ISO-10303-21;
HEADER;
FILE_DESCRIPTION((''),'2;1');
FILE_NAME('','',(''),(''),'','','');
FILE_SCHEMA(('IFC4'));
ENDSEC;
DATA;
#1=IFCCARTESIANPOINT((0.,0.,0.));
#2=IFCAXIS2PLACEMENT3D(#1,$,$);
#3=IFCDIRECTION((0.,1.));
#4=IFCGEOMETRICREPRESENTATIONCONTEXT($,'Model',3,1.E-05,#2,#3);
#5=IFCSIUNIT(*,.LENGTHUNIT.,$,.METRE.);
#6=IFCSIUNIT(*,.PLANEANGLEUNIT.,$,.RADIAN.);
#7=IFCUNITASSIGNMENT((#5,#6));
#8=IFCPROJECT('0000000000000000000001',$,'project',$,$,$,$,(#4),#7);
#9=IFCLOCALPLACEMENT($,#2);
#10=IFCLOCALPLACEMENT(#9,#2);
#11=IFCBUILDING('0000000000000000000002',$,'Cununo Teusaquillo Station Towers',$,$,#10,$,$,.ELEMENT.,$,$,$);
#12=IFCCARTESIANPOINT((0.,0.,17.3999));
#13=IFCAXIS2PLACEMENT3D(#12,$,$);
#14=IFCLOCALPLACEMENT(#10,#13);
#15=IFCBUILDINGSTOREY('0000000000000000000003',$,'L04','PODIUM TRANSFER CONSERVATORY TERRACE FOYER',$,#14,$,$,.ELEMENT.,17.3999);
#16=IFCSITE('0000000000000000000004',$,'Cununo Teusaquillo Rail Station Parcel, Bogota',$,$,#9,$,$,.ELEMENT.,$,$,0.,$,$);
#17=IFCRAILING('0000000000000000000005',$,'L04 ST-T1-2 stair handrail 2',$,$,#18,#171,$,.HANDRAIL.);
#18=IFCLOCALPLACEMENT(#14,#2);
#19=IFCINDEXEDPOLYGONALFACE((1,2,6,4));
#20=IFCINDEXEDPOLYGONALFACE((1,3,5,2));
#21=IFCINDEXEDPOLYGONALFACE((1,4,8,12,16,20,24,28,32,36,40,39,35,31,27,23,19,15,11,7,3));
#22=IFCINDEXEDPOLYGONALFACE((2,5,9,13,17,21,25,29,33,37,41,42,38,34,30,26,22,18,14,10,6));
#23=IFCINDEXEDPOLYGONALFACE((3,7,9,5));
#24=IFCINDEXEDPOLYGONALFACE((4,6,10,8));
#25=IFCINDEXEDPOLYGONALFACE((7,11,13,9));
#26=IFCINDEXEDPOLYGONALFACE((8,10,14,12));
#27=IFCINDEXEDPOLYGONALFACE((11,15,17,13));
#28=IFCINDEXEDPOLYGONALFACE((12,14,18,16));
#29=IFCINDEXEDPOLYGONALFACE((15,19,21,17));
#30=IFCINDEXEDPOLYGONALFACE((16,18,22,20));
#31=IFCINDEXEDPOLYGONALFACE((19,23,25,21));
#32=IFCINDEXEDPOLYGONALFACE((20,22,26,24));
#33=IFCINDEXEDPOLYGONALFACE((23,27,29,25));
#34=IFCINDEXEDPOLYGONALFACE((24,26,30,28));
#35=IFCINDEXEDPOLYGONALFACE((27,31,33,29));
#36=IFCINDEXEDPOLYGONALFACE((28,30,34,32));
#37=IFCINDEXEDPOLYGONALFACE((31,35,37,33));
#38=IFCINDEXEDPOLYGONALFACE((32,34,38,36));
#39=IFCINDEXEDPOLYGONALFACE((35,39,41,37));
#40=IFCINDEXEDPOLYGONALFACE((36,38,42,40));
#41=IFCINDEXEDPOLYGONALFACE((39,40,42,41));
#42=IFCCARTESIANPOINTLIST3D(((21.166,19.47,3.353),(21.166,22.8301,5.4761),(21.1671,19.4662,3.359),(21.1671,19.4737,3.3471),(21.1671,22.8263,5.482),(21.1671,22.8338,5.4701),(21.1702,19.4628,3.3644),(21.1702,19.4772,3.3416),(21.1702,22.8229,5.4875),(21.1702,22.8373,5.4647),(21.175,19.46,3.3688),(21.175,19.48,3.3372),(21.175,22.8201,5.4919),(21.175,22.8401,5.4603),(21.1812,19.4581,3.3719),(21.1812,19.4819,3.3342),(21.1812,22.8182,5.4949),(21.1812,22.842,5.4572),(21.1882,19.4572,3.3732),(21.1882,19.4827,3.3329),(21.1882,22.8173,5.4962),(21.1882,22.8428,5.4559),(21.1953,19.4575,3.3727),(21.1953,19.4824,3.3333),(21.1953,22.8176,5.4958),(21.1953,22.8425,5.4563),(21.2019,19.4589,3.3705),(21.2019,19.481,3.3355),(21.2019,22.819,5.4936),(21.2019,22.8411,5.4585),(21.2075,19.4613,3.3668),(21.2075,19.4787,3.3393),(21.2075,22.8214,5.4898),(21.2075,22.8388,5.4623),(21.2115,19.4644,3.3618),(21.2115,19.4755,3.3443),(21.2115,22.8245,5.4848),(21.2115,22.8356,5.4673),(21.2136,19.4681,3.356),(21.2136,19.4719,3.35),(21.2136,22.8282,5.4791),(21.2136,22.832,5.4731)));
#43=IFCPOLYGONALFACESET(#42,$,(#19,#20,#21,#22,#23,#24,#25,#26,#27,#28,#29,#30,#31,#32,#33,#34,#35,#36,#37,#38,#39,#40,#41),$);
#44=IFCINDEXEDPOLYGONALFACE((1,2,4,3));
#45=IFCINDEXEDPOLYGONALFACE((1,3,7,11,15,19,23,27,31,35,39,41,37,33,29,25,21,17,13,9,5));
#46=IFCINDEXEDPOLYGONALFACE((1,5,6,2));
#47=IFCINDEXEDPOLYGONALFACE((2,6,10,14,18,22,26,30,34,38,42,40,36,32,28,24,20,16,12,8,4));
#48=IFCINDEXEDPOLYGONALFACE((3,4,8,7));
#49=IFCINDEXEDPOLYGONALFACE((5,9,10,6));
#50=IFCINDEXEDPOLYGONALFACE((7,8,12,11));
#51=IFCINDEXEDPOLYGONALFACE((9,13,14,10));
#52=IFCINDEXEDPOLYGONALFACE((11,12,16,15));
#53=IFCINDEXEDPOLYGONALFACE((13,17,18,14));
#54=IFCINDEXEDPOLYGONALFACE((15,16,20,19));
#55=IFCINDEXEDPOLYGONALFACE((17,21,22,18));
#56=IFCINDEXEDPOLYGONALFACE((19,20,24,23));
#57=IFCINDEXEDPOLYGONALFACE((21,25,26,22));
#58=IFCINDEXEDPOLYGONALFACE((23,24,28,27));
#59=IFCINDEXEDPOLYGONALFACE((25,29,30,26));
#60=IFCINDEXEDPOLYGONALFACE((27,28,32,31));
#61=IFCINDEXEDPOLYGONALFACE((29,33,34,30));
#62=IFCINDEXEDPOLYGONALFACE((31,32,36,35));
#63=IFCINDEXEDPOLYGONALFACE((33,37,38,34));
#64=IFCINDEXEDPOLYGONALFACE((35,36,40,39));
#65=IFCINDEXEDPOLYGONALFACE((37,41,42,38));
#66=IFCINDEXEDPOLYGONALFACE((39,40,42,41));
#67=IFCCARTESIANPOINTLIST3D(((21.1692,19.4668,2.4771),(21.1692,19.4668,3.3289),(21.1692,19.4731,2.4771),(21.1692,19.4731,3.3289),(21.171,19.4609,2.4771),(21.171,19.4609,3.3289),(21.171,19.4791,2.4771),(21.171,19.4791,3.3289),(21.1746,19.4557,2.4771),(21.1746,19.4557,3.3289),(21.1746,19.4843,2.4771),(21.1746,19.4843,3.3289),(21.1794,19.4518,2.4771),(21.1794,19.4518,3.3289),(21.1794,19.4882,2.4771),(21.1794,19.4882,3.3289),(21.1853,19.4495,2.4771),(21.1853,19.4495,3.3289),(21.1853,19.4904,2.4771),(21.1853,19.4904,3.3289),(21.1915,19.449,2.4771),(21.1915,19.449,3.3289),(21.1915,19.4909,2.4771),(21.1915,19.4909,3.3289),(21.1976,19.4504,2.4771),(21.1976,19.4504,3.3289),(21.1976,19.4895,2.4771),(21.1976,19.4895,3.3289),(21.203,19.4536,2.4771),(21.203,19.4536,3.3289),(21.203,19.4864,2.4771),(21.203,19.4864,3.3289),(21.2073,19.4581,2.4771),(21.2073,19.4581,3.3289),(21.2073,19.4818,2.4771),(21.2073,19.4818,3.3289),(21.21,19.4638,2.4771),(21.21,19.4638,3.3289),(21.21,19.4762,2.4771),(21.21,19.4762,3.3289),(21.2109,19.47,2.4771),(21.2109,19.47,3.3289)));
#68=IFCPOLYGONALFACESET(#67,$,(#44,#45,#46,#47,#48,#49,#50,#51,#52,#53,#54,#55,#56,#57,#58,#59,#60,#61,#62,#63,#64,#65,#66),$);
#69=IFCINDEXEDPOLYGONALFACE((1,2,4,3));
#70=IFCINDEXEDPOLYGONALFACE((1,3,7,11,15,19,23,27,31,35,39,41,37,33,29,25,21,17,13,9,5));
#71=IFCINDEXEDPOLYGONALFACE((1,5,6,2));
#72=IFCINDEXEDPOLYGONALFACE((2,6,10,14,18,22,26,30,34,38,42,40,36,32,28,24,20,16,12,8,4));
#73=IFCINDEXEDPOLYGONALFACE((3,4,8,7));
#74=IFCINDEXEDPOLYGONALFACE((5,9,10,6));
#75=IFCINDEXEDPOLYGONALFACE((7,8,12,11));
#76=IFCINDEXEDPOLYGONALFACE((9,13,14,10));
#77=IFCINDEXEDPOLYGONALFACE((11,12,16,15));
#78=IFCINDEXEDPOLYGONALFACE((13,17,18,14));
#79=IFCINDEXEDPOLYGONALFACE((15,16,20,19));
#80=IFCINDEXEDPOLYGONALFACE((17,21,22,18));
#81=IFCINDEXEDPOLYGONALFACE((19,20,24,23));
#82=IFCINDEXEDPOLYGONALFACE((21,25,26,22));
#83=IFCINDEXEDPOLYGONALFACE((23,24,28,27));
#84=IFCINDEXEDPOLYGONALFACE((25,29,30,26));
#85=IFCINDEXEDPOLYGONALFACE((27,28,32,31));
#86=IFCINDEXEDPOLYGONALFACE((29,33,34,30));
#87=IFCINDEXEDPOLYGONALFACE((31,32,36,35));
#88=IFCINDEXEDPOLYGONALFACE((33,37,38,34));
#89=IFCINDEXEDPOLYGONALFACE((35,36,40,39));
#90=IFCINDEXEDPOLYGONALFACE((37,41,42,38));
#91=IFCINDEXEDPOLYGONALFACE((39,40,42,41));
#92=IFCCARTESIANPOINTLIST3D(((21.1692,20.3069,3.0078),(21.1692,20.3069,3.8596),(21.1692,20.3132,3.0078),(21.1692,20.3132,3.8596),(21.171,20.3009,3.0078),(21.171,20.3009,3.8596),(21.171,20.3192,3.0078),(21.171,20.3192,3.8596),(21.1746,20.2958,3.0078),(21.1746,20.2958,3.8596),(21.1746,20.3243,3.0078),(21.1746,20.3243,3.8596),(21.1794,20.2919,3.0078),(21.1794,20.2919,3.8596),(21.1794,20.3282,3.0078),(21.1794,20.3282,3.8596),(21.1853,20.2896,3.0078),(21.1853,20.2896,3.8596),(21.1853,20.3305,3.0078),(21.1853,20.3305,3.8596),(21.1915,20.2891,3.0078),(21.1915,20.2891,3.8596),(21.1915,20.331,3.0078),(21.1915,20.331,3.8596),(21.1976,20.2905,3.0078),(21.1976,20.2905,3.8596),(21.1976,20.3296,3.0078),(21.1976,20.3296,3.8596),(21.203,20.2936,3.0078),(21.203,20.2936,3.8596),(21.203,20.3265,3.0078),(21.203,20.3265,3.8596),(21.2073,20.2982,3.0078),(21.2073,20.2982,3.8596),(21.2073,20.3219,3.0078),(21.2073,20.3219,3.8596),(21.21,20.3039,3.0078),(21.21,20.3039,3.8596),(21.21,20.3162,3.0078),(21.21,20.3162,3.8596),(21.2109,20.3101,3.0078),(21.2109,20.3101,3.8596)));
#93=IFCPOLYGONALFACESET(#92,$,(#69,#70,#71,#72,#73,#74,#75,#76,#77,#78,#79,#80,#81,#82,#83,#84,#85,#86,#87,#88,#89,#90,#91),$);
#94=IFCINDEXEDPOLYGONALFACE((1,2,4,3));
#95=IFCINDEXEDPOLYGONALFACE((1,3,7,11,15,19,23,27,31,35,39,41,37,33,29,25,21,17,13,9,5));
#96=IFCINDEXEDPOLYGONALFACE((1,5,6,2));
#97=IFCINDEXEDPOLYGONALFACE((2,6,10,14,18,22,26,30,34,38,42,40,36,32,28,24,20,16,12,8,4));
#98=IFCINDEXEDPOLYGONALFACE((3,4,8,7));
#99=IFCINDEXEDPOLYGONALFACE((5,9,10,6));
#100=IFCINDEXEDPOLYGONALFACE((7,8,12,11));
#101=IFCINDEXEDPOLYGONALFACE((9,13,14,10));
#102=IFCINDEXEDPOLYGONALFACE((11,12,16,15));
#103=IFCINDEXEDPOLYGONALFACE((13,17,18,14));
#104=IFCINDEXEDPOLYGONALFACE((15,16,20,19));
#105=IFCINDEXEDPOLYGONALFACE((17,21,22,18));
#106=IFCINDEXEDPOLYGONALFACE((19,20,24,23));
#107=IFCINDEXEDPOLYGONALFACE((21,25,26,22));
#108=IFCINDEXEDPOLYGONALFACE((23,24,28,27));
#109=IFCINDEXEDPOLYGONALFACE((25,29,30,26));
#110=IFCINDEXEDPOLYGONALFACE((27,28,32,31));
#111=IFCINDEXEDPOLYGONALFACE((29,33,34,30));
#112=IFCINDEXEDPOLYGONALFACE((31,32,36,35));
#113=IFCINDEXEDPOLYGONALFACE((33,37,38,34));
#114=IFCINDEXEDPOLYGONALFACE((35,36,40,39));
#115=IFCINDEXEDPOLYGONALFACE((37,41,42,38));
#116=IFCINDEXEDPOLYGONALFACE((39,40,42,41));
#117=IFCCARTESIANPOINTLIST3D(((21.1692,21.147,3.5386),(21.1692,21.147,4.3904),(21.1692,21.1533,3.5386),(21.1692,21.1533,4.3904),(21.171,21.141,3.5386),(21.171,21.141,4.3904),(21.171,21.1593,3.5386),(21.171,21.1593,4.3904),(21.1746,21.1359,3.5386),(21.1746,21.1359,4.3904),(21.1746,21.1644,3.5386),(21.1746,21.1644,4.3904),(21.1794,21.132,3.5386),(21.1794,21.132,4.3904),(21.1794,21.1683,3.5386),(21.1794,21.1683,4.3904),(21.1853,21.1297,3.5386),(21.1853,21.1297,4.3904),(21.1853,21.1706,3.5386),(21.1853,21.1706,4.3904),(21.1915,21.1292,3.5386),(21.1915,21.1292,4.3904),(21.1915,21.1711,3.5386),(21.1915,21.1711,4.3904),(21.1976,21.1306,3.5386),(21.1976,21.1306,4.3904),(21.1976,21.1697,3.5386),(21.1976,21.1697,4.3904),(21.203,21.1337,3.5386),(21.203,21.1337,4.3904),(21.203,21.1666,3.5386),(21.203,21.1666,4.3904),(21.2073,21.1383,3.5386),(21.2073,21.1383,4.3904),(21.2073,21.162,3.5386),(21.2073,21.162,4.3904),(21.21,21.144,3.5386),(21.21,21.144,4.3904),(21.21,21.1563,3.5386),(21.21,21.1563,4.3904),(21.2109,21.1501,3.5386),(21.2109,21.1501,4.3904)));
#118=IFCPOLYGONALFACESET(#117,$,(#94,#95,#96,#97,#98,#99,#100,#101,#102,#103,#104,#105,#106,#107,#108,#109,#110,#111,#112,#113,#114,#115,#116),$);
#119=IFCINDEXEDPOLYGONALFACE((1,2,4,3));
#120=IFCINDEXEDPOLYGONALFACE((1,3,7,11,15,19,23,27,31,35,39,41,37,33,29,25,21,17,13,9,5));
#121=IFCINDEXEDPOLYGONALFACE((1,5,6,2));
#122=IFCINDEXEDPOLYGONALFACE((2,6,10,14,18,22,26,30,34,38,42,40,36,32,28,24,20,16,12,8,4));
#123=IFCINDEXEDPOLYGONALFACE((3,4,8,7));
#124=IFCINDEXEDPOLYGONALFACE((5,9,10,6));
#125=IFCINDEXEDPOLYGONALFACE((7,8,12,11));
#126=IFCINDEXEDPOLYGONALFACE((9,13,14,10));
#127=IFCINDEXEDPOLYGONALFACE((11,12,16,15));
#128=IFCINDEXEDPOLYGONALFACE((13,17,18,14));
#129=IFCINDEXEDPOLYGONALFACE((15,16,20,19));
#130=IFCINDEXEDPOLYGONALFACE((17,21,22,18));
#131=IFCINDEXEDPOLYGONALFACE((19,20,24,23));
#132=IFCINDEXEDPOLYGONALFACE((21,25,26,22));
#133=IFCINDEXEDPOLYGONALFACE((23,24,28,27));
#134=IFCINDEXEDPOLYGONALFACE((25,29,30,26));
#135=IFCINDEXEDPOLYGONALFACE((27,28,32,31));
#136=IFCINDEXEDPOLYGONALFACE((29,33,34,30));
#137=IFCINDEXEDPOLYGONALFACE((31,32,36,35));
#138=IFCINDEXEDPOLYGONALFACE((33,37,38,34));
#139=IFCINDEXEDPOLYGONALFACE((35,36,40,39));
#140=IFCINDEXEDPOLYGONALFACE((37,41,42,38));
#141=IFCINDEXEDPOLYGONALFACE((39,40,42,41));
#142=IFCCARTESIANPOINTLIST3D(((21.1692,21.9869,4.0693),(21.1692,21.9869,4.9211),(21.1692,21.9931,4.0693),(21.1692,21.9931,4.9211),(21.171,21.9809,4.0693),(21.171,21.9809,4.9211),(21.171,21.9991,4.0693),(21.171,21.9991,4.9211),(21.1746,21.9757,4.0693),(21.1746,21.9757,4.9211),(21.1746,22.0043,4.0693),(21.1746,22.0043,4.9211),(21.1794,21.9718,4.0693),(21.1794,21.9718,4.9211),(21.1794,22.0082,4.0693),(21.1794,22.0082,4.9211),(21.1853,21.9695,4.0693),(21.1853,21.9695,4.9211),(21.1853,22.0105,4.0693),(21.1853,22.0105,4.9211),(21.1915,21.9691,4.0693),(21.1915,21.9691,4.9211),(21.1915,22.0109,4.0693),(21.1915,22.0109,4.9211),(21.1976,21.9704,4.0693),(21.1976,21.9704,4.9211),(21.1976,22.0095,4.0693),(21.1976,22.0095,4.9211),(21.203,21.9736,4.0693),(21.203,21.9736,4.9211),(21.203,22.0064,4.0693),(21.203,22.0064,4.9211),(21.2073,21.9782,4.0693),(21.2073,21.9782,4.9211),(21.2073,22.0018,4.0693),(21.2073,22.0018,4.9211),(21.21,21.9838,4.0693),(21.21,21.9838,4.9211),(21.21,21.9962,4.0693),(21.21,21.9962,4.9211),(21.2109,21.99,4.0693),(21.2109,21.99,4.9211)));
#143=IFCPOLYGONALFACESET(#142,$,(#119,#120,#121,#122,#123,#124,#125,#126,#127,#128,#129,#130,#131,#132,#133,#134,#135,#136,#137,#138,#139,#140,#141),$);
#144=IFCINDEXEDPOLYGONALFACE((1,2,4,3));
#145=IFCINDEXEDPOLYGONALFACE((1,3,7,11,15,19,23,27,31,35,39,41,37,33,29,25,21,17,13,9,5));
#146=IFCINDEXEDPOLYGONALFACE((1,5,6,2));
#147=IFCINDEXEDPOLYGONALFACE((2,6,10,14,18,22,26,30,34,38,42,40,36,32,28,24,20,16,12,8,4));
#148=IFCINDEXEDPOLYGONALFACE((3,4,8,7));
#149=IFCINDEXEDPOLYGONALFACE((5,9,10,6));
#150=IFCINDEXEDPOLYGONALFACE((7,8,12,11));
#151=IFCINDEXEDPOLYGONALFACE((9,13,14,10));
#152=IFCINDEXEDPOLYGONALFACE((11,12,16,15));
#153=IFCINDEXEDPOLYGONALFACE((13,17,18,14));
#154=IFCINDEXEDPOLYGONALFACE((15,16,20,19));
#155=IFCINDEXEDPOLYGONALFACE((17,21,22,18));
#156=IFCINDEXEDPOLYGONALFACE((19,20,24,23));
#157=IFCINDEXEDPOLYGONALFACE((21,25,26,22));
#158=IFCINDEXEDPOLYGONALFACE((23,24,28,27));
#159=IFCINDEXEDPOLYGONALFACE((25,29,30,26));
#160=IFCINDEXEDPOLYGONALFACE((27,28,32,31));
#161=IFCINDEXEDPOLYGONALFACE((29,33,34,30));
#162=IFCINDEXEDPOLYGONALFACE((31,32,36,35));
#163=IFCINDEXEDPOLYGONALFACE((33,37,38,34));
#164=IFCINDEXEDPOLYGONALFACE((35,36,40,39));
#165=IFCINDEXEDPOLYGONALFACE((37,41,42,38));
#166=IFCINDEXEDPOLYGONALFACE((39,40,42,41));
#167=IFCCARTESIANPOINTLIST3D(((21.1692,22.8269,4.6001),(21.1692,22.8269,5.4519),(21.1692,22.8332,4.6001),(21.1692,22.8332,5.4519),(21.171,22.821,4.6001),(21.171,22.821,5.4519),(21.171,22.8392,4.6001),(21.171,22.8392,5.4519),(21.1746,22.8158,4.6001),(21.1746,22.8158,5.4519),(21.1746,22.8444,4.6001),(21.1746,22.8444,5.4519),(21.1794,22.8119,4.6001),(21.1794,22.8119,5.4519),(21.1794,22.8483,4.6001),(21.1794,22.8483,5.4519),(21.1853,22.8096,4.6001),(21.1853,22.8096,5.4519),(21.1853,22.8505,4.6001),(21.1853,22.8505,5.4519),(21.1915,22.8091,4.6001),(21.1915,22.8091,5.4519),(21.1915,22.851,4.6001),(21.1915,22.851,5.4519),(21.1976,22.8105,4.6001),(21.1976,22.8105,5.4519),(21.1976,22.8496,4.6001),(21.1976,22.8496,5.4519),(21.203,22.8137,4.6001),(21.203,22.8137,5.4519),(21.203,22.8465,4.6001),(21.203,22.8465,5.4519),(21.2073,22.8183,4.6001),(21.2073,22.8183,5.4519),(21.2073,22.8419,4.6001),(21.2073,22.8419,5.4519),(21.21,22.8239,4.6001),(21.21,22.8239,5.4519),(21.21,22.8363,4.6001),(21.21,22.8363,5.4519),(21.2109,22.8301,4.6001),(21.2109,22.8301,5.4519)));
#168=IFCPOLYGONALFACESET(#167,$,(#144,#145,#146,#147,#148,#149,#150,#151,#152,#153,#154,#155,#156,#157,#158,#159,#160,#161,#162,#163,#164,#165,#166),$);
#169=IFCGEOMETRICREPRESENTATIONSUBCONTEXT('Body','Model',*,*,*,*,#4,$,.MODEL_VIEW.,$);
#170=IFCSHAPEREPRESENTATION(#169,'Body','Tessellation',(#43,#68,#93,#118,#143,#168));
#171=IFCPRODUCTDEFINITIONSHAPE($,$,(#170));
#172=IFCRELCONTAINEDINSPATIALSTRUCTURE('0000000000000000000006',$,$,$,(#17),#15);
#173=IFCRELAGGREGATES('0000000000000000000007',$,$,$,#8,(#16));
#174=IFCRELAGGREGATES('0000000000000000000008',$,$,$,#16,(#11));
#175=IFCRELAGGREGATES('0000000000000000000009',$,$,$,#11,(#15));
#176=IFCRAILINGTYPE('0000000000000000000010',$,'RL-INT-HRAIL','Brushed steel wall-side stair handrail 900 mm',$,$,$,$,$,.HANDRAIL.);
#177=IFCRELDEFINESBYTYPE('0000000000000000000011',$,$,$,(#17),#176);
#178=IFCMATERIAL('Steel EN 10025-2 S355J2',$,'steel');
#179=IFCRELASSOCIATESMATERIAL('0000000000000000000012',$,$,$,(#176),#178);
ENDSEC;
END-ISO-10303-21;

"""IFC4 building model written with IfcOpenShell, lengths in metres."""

from ifc_helpers import new_model, si_unit, direction, frame, origin, origin_2d, place, context, subcontext, project, spatial, circle, extrude, material, type_object, element, save


model = new_model("IFC4")

# Units and contexts
model_context = context("Model", 3, precision=1e-05, world=origin(), true_north=direction((0.0, 1.0)))
body_context = subcontext(model_context, "Body", "Model", "MODEL_VIEW")
ifc_project = project(units=[si_unit("LENGTHUNIT", "METRE"), si_unit("PLANEANGLEUNIT", "RADIAN")], contexts=[model_context])

# Site, building, storey
site_placement = place(None, origin())
site = spatial("IfcSite", under=ifc_project, at=site_placement, Name="Cununo Teusaquillo Rail Station Parcel, Bogota", CompositionType="ELEMENT", RefElevation=0.0)
building_placement = place(site_placement, origin())
building = spatial("IfcBuilding", under=site, at=building_placement, Name="Cununo Teusaquillo Station Towers", CompositionType="ELEMENT")
storey_placement = place(building_placement, frame((0.0, 0.0, 17.3999)))
storey = spatial("IfcBuildingStorey", under=building, at=storey_placement, Name="L04", Description="PODIUM TRANSFER CONSERVATORY TERRACE FOYER", CompositionType="ELEMENT", Elevation=17.3999)

# Railing
ifc_material_1 = material(Name="Steel EN 10025-2 S355J2", Category="steel")
railing_type_1 = type_object("IfcRailingType", Name="RL-INT-HRAIL", Description="Brushed steel wall-side stair handrail 900 mm", PredefinedType="HANDRAIL", material=ifc_material_1)
railing_1_placement = place(storey_placement, frame((21.1899, 19.47, 2.4771)))
element("IfcRailing", 1, at=railing_1_placement, inside=storey, type_object=railing_type_1, Name="L04 ST-T1-2 stair handrail 2", PredefinedType="HANDRAIL", context=body_context, shape_type="SweptSolid", body=[
    extrude(circle(Radius=0.0239, at=origin_2d()), frame((0.0, 0.0, 0.876), z_axis=(0.0, 0.84539, 0.53415), x_axis=(-1.0, 0.0, 0.0)), (0.0, 0.0, 1.0), 3.9746),
    extrude(circle(Radius=0.021, at=origin_2d()), origin(), (0.0, 0.0, 1.0), 0.8518),
    extrude(circle(Radius=0.021, at=origin_2d()), frame((0.0, 0.8401, 0.5308)), (0.0, 0.0, 1.0), 0.8518),
    extrude(circle(Radius=0.021, at=origin_2d()), frame((0.0, 1.6802, 1.0615)), (0.0, 0.0, 1.0), 0.8518),
    extrude(circle(Radius=0.021, at=origin_2d()), frame((0.0, 2.52, 1.5923)), (0.0, 0.0, 1.0), 0.8518),
    extrude(circle(Radius=0.021, at=origin_2d()), frame((0.0, 3.3601, 2.123)), (0.0, 0.0, 1.0), 0.8518),
])

save(model, "model.ifc")
